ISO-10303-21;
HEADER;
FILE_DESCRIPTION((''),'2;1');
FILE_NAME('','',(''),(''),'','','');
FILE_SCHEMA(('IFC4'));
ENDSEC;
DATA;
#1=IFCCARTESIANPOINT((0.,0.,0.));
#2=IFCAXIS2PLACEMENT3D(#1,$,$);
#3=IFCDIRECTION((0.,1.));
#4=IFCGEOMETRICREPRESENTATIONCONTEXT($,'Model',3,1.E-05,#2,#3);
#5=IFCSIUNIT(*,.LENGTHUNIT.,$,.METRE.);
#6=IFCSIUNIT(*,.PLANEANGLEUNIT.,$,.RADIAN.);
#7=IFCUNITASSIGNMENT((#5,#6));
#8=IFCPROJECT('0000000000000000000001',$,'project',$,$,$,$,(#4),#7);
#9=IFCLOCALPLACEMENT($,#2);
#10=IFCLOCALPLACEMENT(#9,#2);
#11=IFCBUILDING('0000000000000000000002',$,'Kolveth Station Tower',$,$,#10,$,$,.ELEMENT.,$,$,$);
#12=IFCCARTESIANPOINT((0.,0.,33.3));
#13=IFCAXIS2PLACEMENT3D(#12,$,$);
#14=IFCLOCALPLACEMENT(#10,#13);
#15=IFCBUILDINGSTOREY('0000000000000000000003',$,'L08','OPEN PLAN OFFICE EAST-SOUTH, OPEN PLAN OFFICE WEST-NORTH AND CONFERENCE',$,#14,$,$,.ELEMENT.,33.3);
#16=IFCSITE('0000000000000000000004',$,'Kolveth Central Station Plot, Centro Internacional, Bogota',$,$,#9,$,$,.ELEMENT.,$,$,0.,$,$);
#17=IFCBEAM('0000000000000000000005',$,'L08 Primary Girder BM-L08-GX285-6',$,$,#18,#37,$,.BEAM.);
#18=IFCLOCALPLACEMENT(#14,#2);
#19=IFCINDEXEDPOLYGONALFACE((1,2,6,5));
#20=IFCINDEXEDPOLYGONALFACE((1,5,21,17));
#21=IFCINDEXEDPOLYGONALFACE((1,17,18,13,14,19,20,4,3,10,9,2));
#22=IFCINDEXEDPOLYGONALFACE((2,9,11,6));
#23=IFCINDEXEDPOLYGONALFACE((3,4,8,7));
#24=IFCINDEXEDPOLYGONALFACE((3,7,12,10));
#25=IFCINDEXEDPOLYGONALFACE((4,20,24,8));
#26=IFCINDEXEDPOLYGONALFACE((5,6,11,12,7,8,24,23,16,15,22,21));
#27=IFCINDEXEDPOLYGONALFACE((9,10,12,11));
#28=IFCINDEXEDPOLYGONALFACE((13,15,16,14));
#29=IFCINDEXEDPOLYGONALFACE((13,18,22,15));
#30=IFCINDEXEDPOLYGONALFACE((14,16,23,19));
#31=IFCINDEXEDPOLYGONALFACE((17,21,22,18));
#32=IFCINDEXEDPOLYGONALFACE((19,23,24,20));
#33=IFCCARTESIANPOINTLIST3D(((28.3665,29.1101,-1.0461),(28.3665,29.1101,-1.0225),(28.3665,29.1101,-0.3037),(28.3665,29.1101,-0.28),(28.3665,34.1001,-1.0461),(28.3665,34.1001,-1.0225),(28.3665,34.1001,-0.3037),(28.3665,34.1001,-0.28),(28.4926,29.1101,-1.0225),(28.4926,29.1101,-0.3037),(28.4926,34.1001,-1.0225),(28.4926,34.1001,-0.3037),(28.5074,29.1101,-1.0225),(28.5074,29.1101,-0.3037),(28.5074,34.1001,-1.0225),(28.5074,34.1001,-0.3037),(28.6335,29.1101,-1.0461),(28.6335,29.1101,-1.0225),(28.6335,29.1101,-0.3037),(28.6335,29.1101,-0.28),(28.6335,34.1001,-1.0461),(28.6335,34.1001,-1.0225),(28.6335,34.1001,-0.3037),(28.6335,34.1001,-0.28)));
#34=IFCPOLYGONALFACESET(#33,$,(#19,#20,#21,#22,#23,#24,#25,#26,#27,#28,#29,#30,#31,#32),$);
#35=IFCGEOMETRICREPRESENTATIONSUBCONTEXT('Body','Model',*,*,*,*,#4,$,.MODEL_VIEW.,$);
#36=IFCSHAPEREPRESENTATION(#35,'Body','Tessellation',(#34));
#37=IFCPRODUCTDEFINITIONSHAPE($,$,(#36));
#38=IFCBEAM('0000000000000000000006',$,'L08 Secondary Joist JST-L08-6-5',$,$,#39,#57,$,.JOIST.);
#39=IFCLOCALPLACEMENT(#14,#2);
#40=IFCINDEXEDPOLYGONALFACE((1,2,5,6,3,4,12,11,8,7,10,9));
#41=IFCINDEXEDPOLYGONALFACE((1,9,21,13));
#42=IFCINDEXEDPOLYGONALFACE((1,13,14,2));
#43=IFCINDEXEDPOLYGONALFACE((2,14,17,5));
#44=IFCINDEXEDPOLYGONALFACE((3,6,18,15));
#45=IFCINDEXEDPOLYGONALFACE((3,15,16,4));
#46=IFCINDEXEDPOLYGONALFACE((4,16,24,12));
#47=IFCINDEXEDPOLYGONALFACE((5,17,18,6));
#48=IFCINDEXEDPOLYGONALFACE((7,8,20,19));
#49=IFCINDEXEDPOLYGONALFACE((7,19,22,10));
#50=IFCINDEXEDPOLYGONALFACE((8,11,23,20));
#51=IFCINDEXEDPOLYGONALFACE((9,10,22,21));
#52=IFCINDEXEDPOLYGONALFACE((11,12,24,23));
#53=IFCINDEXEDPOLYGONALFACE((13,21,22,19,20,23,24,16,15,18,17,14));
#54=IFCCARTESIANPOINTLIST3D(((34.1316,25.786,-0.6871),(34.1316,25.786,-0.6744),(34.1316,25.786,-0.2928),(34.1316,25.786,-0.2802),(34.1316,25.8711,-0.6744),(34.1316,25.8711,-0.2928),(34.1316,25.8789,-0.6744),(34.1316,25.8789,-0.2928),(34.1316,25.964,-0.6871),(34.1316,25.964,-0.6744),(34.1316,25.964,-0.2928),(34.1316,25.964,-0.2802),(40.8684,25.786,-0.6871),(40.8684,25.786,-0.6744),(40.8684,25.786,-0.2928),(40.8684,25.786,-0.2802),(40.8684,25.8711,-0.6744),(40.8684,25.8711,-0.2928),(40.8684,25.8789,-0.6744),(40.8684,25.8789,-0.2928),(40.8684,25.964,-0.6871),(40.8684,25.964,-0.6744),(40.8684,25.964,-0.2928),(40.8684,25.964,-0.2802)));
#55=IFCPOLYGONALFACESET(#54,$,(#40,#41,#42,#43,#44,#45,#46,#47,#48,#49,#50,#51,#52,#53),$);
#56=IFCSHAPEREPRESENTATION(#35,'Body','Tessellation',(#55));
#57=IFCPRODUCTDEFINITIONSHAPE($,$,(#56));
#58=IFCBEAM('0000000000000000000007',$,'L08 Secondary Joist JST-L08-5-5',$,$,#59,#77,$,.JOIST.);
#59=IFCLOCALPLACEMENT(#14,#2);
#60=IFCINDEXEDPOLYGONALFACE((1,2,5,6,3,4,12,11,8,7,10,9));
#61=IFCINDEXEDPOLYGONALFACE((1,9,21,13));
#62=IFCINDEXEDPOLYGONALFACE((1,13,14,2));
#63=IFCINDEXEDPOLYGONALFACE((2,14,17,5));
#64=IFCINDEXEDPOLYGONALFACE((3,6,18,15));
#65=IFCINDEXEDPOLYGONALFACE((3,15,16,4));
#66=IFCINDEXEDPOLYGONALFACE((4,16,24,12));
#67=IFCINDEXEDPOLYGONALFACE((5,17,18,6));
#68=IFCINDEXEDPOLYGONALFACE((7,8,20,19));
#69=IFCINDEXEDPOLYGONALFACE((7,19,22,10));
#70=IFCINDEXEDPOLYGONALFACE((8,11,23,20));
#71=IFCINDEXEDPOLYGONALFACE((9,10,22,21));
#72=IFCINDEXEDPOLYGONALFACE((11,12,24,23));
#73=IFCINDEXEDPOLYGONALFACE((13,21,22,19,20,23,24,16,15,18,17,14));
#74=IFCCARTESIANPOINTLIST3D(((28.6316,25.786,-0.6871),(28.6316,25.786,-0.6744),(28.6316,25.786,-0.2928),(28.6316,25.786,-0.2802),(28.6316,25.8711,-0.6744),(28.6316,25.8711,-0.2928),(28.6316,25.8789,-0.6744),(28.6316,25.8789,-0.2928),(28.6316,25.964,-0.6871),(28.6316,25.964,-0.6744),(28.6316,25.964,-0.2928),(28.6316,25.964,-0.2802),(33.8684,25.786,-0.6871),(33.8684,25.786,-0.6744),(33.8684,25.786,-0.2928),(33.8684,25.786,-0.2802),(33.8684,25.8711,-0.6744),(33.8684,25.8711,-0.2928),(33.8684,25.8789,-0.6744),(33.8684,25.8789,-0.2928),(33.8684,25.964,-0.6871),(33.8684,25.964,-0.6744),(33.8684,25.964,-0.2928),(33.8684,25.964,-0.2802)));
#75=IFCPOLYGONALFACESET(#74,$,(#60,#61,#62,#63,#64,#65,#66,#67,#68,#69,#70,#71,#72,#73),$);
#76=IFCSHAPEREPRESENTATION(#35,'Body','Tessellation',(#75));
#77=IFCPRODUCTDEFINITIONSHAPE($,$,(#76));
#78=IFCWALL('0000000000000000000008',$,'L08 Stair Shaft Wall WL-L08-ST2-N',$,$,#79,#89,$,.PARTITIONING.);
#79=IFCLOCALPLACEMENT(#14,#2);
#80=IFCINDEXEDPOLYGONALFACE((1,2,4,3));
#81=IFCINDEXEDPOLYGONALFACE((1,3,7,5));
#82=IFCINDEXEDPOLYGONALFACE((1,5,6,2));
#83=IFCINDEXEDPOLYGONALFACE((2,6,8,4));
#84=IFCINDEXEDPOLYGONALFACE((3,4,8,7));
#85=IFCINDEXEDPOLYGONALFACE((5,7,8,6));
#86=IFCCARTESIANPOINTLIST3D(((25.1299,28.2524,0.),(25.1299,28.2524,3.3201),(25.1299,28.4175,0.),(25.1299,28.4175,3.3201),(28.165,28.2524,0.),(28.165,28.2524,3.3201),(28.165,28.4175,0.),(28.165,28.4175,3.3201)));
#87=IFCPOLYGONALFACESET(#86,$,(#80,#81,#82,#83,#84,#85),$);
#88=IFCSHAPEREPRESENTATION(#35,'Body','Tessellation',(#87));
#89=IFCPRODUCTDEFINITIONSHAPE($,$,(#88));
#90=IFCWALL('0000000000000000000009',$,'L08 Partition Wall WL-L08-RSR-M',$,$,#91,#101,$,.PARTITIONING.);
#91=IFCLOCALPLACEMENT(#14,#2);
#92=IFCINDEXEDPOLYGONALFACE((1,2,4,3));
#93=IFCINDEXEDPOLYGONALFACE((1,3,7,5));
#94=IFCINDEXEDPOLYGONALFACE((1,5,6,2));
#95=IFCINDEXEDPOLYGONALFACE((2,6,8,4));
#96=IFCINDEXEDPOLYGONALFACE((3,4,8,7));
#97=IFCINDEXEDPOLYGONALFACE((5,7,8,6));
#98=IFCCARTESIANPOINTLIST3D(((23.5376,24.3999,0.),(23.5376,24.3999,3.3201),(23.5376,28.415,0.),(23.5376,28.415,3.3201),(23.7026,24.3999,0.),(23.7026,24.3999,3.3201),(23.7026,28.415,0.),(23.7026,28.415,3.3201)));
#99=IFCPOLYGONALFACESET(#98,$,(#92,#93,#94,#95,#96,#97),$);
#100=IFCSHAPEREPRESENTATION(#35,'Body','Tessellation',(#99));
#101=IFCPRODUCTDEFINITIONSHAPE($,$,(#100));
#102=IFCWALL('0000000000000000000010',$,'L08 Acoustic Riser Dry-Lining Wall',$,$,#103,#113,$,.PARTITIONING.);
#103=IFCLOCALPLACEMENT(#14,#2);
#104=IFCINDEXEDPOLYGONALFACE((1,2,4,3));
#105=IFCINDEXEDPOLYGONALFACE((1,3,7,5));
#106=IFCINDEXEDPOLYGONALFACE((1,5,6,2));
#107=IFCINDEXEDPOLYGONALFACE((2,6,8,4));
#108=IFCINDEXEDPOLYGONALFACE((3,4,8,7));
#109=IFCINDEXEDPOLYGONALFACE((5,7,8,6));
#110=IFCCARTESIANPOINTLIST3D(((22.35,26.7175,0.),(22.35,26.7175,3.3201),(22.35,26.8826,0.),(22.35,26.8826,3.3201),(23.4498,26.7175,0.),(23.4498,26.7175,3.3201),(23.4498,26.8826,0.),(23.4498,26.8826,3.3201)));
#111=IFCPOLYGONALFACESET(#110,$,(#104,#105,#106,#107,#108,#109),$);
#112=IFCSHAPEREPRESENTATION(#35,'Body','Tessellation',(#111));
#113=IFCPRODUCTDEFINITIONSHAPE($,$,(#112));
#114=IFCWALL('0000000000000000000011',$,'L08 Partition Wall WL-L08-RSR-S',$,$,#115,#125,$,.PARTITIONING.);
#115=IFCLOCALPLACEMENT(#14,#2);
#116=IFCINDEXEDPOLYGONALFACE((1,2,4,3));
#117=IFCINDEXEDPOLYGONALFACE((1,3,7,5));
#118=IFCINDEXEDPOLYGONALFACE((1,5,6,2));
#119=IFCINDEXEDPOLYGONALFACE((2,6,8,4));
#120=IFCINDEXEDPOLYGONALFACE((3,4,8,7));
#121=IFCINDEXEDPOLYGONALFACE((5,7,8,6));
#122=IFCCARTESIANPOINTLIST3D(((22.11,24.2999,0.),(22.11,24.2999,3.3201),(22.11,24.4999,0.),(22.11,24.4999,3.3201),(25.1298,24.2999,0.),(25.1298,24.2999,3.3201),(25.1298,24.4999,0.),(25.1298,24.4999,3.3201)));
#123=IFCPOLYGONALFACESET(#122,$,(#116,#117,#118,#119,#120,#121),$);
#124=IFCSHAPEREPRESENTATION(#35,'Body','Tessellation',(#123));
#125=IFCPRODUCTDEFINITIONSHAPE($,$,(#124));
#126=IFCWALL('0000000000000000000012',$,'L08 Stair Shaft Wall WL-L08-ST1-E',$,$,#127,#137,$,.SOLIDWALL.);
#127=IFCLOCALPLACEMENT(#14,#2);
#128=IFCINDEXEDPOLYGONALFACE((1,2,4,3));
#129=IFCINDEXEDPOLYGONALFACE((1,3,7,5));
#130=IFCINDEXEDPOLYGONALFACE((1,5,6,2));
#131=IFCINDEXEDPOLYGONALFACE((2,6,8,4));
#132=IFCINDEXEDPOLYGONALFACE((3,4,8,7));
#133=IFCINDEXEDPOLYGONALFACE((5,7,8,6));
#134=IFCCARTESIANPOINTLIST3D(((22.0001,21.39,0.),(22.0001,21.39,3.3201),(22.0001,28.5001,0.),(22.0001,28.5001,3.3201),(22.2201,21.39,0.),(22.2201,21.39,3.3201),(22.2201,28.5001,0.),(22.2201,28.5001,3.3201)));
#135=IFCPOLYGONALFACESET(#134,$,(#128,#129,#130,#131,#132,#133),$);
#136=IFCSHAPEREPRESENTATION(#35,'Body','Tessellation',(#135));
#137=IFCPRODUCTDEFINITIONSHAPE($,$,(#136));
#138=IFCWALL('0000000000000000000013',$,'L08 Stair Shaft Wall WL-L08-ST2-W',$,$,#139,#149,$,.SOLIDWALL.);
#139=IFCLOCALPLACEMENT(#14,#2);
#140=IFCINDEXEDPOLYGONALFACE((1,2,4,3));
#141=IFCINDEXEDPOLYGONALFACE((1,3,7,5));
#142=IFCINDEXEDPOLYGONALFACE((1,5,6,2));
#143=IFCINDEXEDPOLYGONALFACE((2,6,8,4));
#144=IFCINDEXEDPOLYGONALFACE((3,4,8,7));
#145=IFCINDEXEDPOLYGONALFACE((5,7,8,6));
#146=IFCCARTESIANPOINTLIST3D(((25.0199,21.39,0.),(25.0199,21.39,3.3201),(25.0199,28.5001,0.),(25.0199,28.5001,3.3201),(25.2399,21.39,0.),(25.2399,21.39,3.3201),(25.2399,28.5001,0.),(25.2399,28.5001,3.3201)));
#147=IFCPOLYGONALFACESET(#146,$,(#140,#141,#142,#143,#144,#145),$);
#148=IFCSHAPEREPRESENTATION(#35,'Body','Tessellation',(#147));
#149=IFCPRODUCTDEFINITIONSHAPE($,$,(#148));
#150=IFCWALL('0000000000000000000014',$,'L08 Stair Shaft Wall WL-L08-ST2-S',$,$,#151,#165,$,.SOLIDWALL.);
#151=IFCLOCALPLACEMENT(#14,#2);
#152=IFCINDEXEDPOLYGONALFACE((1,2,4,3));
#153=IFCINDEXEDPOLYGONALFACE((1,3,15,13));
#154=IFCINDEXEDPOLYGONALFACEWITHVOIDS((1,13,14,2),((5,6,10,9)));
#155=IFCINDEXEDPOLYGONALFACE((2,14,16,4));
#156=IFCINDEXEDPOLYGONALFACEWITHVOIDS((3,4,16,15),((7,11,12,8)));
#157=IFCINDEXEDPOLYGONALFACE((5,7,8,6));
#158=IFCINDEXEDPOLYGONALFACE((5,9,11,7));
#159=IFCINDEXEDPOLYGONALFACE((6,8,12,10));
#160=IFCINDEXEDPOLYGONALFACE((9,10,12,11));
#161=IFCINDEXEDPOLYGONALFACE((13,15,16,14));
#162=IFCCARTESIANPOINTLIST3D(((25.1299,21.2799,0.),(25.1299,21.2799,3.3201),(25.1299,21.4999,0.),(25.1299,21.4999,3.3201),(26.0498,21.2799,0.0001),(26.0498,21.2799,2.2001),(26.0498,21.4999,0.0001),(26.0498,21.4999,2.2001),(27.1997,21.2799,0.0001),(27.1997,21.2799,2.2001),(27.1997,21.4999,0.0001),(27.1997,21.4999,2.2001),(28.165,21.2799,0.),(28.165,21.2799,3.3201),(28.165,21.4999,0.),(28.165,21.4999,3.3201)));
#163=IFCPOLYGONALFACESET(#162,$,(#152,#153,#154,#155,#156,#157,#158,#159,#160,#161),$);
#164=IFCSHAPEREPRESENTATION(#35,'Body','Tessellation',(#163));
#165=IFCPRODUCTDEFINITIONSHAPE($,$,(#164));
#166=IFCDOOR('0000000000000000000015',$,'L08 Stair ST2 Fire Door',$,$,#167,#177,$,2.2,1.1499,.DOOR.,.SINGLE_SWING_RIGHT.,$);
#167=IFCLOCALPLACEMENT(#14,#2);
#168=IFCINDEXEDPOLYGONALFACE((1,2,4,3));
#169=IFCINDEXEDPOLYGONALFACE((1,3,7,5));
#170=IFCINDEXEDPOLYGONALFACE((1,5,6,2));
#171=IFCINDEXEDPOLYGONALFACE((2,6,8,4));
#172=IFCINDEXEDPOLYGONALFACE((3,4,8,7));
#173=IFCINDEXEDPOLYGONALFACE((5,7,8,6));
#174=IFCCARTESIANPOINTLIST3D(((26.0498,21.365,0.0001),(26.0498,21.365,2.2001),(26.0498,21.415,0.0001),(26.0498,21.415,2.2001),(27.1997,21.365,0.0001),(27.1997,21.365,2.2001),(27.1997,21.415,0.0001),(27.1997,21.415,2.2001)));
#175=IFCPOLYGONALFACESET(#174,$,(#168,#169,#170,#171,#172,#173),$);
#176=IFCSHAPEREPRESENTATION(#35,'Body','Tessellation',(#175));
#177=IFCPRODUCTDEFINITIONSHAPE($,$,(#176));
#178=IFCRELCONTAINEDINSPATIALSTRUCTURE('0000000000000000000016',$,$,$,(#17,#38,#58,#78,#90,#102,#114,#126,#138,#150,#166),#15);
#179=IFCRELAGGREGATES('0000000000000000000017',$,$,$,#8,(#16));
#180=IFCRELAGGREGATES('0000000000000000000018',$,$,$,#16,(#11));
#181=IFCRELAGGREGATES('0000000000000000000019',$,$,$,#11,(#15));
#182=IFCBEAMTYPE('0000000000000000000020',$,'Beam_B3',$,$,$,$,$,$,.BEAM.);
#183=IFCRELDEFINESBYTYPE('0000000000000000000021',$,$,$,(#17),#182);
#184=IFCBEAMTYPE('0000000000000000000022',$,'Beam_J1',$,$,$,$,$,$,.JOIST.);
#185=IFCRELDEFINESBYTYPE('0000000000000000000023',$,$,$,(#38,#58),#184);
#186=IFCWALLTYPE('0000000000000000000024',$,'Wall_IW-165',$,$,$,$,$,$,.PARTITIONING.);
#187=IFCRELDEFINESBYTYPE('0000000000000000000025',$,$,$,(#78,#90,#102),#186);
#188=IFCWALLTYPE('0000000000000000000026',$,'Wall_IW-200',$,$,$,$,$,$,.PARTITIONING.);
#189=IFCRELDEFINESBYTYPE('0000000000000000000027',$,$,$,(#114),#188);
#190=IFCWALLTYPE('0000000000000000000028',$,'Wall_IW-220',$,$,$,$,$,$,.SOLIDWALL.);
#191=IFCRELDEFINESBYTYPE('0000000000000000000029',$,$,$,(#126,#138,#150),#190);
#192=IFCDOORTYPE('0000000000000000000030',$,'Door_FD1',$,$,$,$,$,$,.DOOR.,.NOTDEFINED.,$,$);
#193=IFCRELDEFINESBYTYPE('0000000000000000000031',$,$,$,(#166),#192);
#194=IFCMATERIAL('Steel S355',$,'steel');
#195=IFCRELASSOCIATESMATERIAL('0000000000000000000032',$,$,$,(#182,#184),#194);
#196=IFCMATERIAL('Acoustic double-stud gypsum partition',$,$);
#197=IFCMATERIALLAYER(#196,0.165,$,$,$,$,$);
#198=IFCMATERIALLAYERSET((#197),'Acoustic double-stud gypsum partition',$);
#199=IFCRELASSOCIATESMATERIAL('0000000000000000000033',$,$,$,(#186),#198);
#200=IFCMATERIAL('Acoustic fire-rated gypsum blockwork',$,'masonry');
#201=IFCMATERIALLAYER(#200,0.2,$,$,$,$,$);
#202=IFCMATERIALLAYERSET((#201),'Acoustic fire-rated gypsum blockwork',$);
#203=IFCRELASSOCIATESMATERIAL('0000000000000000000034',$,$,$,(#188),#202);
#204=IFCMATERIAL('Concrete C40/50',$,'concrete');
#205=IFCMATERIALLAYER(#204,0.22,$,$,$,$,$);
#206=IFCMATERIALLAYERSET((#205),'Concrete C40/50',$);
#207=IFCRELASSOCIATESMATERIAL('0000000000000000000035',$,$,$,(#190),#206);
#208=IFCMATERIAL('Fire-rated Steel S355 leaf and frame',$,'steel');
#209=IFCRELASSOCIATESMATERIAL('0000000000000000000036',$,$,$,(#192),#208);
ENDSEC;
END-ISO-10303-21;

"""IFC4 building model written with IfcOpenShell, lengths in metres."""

from ifc_helpers import new_model, si_unit, direction, frame, frame_2d, origin, origin_2d, place, context, subcontext, project, spatial, rectangle, i_section, extrude, source, transform, mapped, material, layer, layer_set, material_profile, profile_set, type_object, element, fill, save


model = new_model("IFC4")

# Units and contexts
model_context = context("Model", 3, precision=1e-05, world=origin(), true_north=direction((0.0, 1.0)))
body_context = subcontext(model_context, "Body", "Model", "MODEL_VIEW")
ifc_project = project(units=[si_unit("LENGTHUNIT", "METRE"), si_unit("PLANEANGLEUNIT", "RADIAN")], contexts=[model_context])

# Site, building, storey
site_placement = place(None, origin())
site = spatial("IfcSite", under=ifc_project, at=site_placement, Name="Kolveth Central Station Plot, Centro Internacional, Bogota", CompositionType="ELEMENT", RefElevation=0.0)
building_placement = place(site_placement, origin())
building = spatial("IfcBuilding", under=site, at=building_placement, Name="Kolveth Station Tower", CompositionType="ELEMENT")
storey_placement = place(building_placement, frame((0.0, 0.0, 33.3)))
storey = spatial("IfcBuildingStorey", under=building, at=storey_placement, Name="L08", Description="OPEN PLAN OFFICE EAST-SOUTH, OPEN PLAN OFFICE WEST-NORTH AND CONFERENCE", CompositionType="ELEMENT", Elevation=33.3)

# Beams
ifc_material_1 = material(Name="Steel S355", Category="steel")
ifc_material_profile_1 = material_profile(ifc_material_1, i_section(OverallWidth=0.2671, OverallDepth=0.7661, WebThickness=0.0149, FlangeThickness=0.0237, at=origin_2d()), Name="W760x185")
ifc_profile_set_1 = profile_set([ifc_material_profile_1], Name="Steel S355")
beam_type_1 = type_object("IfcBeamType", Name="Beam_B3", PredefinedType="BEAM", material=ifc_profile_set_1)
shared_shape_1 = source(origin(), body_context, "Body", "SweptSolid", [
    extrude(i_section(OverallWidth=0.2671, OverallDepth=0.7661, WebThickness=0.0149, FlangeThickness=0.0237, at=origin_2d()), origin(), (0.0, 0.0, 1.0), 4.99),
])
beam_1_placement = place(storey_placement, frame((28.5, 29.1101, -0.6631), z_axis=(0.0, 1.0, 0.0), x_axis=(-1.0, 0.0, 0.0)))
element("IfcBeam", 1, at=beam_1_placement, inside=storey, type_object=beam_type_1, Name="L08 Primary Girder BM-L08-GX285-6", PredefinedType="BEAM", context=body_context, shape_type="MappedRepresentation", body=[
    mapped(shared_shape_1, transform((0.0, 0.0, 0.0), x_axis=(1.0, 0.0, 0.0), y_axis=(0.0, 1.0, 0.0), z_axis=(0.0, 0.0, 1.0), scale=1.0)),
])
ifc_material_profile_2 = material_profile(ifc_material_1, i_section(OverallWidth=0.178, OverallDepth=0.407, WebThickness=0.0078, FlangeThickness=0.0127, at=origin_2d()), Name="W410x60")
ifc_profile_set_2 = profile_set([ifc_material_profile_2], Name="Steel S355")
beam_type_2 = type_object("IfcBeamType", Name="Beam_J1", PredefinedType="JOIST", material=ifc_profile_set_2)
shared_shape_2 = source(origin(), body_context, "Body", "SweptSolid", [
    extrude(i_section(OverallWidth=0.178, OverallDepth=0.407, WebThickness=0.0078, FlangeThickness=0.0127, at=origin_2d()), origin(), (0.0, 0.0, 1.0), 6.7368),
])
beam_2_placement = place(storey_placement, frame((34.1316, 25.875, -0.4836), z_axis=(1.0, 0.0, 0.0), x_axis=(0.0, 1.0, 0.0)))
element("IfcBeam", 2, at=beam_2_placement, inside=storey, type_object=beam_type_2, Name="L08 Secondary Joist JST-L08-6-5", PredefinedType="JOIST", context=body_context, shape_type="MappedRepresentation", body=[
    mapped(shared_shape_2, transform((0.0, 0.0, 0.0), x_axis=(1.0, 0.0, 0.0), y_axis=(0.0, 1.0, 0.0), z_axis=(0.0, 0.0, 1.0), scale=1.0)),
])
shared_shape_3 = source(origin(), body_context, "Body", "SweptSolid", [
    extrude(i_section(OverallWidth=0.178, OverallDepth=0.407, WebThickness=0.0078, FlangeThickness=0.0127, at=origin_2d()), origin(), (0.0, 0.0, 1.0), 5.2368),
])
beam_3_placement = place(storey_placement, frame((28.6316, 25.875, -0.4836), z_axis=(1.0, 0.0, 0.0), x_axis=(0.0, 1.0, 0.0)))
element("IfcBeam", 3, at=beam_3_placement, inside=storey, type_object=beam_type_2, Name="L08 Secondary Joist JST-L08-5-5", PredefinedType="JOIST", context=body_context, shape_type="MappedRepresentation", body=[
    mapped(shared_shape_3, transform((0.0, 0.0, 0.0), x_axis=(1.0, 0.0, 0.0), y_axis=(0.0, 1.0, 0.0), z_axis=(0.0, 0.0, 1.0), scale=1.0)),
])

# Walls
ifc_material_2 = material(Name="Acoustic double-stud gypsum partition")
ifc_layer_1 = layer(ifc_material_2, 0.165)
ifc_layer_set_1 = layer_set([ifc_layer_1], Name="Acoustic double-stud gypsum partition")
wall_type_1 = type_object("IfcWallType", Name="Wall_IW-165", PredefinedType="PARTITIONING", material=ifc_layer_set_1)
wall_1_placement = place(storey_placement, frame((25.1299, 28.335, 0.0), z_axis=(0.0, 0.0, 1.0), x_axis=(1.0, 0.0, 0.0)))
element("IfcWall", 4, at=wall_1_placement, inside=storey, type_object=wall_type_1, Name="L08 Stair Shaft Wall WL-L08-ST2-N", PredefinedType="PARTITIONING", context=body_context, shape_type="SweptSolid", body=[
    extrude(rectangle(XDim=3.0352, YDim=0.165, at=frame_2d((1.5176, 0.0))), origin(), (0.0, 0.0, 1.0), 3.3201),
])
wall_2_placement = place(storey_placement, frame((23.6201, 24.3999, 0.0), z_axis=(0.0, 0.0, 1.0), x_axis=(0.0, 1.0, 0.0)))
element("IfcWall", 5, at=wall_2_placement, inside=storey, type_object=wall_type_1, Name="L08 Partition Wall WL-L08-RSR-M", PredefinedType="PARTITIONING", context=body_context, shape_type="SweptSolid", body=[
    extrude(rectangle(XDim=4.0151, YDim=0.165, at=frame_2d((2.0076, 0.0))), origin(), (0.0, 0.0, 1.0), 3.3201),
])
wall_3_placement = place(storey_placement, frame((22.3501, 26.8, 0.0), z_axis=(0.0, 0.0, 1.0), x_axis=(1.0, 0.0, 0.0)))
element("IfcWall", 6, at=wall_3_placement, inside=storey, type_object=wall_type_1, Name="L08 Acoustic Riser Dry-Lining Wall", PredefinedType="PARTITIONING", context=body_context, shape_type="SweptSolid", body=[
    extrude(rectangle(XDim=1.0999, YDim=0.165, at=frame_2d((0.5498, 0.0))), origin(), (0.0, 0.0, 1.0), 3.3201),
])
ifc_material_3 = material(Name="Acoustic fire-rated gypsum blockwork", Category="masonry")
ifc_layer_2 = layer(ifc_material_3, 0.2)
ifc_layer_set_2 = layer_set([ifc_layer_2], Name="Acoustic fire-rated gypsum blockwork")
wall_type_2 = type_object("IfcWallType", Name="Wall_IW-200", PredefinedType="PARTITIONING", material=ifc_layer_set_2)
wall_4_placement = place(storey_placement, frame((22.1101, 24.3999, 0.0), z_axis=(0.0, 0.0, 1.0), x_axis=(1.0, 0.0, 0.0)))
element("IfcWall", 7, at=wall_4_placement, inside=storey, type_object=wall_type_2, Name="L08 Partition Wall WL-L08-RSR-S", PredefinedType="PARTITIONING", context=body_context, shape_type="SweptSolid", body=[
    extrude(rectangle(XDim=3.0198, YDim=0.2, at=frame_2d((1.5098, 0.0))), origin(), (0.0, 0.0, 1.0), 3.3201),
])
ifc_material_4 = material(Name="Concrete C40/50", Category="concrete")
ifc_layer_3 = layer(ifc_material_4, 0.22)
ifc_layer_set_3 = layer_set([ifc_layer_3], Name="Concrete C40/50")
wall_type_3 = type_object("IfcWallType", Name="Wall_IW-220", PredefinedType="SOLIDWALL", material=ifc_layer_set_3)
for number, where, z_axis, x_axis, name in (
    (8, (22.1101, 21.3899, 0.0), (0.0, 0.0, 1.0), (0.0, 1.0, 0.0), "L08 Stair Shaft Wall WL-L08-ST1-E"),
    (9, (25.1299, 21.3899, 0.0), (0.0, 0.0, 1.0), (0.0, 1.0, 0.0), "L08 Stair Shaft Wall WL-L08-ST2-W"),
):
    element("IfcWall", number, at=place(storey_placement, frame(where, z_axis=z_axis, x_axis=x_axis)), inside=storey, type_object=wall_type_3, Name=name, PredefinedType="SOLIDWALL", context=body_context, shape_type="SweptSolid", body=[
        extrude(rectangle(XDim=7.1101, YDim=0.22, at=frame_2d((3.5552, 0.0))), origin(), (0.0, 0.0, 1.0), 3.3201),
    ])

# Wall, opening, door
wall_5_placement = place(storey_placement, frame((25.1299, 21.3899, 0.0), z_axis=(0.0, 0.0, 1.0), x_axis=(1.0, 0.0, 0.0)))
wall_5 = element("IfcWall", 10, at=wall_5_placement, inside=storey, type_object=wall_type_3, Name="L08 Stair Shaft Wall WL-L08-ST2-S", PredefinedType="SOLIDWALL", context=body_context, shape_type="SweptSolid", body=[
    extrude(rectangle(XDim=3.0352, YDim=0.22, at=frame_2d((1.5176, 0.0))), origin(), (0.0, 0.0, 1.0), 3.3201),
])
opening_placement = place(wall_5_placement, frame((0.9199, 0.0, 0.0)))
opening = element("IfcOpeningElement", 11, at=opening_placement, cuts=wall_5, PredefinedType="OPENING", context=body_context, shape_type="SweptSolid", body=[
    extrude(rectangle(XDim=1.1499, YDim=2.2, at=frame_2d((0.575, 1.1001))), frame((0.0, 0.1199, 0.0), z_axis=(0.0, -1.0, 0.0), x_axis=(1.0, 0.0, 0.0)), (0.0, 0.0, 1.0), 0.24),
])
ifc_material_5 = material(Name="Fire-rated Steel S355 leaf and frame", Category="steel")
door_type = type_object("IfcDoorType", Name="Door_FD1", OperationType="NOTDEFINED", PredefinedType="DOOR", material=ifc_material_5)
door_placement = place(opening_placement, frame((1.1499, 0.0, 0.0), z_axis=(0.0, 0.0, 1.0), x_axis=(-1.0, 0.0, 0.0)))
door = element("IfcDoor", 12, at=door_placement, inside=storey, type_object=door_type, Name="L08 Stair ST2 Fire Door", OperationType="SINGLE_SWING_RIGHT", OverallHeight=2.2, OverallWidth=1.1499, PredefinedType="DOOR", context=body_context, shape_type="SweptSolid", body=[
    extrude(rectangle(XDim=1.1499, YDim=2.2, at=frame_2d((0.575, 1.1001))), frame((0.0, 0.0249, 0.0), z_axis=(0.0, -1.0, 0.0), x_axis=(1.0, 0.0, 0.0)), (0.0, 0.0, 1.0), 0.05),
])
fill(opening, door)

save(model, "model.ifc")
